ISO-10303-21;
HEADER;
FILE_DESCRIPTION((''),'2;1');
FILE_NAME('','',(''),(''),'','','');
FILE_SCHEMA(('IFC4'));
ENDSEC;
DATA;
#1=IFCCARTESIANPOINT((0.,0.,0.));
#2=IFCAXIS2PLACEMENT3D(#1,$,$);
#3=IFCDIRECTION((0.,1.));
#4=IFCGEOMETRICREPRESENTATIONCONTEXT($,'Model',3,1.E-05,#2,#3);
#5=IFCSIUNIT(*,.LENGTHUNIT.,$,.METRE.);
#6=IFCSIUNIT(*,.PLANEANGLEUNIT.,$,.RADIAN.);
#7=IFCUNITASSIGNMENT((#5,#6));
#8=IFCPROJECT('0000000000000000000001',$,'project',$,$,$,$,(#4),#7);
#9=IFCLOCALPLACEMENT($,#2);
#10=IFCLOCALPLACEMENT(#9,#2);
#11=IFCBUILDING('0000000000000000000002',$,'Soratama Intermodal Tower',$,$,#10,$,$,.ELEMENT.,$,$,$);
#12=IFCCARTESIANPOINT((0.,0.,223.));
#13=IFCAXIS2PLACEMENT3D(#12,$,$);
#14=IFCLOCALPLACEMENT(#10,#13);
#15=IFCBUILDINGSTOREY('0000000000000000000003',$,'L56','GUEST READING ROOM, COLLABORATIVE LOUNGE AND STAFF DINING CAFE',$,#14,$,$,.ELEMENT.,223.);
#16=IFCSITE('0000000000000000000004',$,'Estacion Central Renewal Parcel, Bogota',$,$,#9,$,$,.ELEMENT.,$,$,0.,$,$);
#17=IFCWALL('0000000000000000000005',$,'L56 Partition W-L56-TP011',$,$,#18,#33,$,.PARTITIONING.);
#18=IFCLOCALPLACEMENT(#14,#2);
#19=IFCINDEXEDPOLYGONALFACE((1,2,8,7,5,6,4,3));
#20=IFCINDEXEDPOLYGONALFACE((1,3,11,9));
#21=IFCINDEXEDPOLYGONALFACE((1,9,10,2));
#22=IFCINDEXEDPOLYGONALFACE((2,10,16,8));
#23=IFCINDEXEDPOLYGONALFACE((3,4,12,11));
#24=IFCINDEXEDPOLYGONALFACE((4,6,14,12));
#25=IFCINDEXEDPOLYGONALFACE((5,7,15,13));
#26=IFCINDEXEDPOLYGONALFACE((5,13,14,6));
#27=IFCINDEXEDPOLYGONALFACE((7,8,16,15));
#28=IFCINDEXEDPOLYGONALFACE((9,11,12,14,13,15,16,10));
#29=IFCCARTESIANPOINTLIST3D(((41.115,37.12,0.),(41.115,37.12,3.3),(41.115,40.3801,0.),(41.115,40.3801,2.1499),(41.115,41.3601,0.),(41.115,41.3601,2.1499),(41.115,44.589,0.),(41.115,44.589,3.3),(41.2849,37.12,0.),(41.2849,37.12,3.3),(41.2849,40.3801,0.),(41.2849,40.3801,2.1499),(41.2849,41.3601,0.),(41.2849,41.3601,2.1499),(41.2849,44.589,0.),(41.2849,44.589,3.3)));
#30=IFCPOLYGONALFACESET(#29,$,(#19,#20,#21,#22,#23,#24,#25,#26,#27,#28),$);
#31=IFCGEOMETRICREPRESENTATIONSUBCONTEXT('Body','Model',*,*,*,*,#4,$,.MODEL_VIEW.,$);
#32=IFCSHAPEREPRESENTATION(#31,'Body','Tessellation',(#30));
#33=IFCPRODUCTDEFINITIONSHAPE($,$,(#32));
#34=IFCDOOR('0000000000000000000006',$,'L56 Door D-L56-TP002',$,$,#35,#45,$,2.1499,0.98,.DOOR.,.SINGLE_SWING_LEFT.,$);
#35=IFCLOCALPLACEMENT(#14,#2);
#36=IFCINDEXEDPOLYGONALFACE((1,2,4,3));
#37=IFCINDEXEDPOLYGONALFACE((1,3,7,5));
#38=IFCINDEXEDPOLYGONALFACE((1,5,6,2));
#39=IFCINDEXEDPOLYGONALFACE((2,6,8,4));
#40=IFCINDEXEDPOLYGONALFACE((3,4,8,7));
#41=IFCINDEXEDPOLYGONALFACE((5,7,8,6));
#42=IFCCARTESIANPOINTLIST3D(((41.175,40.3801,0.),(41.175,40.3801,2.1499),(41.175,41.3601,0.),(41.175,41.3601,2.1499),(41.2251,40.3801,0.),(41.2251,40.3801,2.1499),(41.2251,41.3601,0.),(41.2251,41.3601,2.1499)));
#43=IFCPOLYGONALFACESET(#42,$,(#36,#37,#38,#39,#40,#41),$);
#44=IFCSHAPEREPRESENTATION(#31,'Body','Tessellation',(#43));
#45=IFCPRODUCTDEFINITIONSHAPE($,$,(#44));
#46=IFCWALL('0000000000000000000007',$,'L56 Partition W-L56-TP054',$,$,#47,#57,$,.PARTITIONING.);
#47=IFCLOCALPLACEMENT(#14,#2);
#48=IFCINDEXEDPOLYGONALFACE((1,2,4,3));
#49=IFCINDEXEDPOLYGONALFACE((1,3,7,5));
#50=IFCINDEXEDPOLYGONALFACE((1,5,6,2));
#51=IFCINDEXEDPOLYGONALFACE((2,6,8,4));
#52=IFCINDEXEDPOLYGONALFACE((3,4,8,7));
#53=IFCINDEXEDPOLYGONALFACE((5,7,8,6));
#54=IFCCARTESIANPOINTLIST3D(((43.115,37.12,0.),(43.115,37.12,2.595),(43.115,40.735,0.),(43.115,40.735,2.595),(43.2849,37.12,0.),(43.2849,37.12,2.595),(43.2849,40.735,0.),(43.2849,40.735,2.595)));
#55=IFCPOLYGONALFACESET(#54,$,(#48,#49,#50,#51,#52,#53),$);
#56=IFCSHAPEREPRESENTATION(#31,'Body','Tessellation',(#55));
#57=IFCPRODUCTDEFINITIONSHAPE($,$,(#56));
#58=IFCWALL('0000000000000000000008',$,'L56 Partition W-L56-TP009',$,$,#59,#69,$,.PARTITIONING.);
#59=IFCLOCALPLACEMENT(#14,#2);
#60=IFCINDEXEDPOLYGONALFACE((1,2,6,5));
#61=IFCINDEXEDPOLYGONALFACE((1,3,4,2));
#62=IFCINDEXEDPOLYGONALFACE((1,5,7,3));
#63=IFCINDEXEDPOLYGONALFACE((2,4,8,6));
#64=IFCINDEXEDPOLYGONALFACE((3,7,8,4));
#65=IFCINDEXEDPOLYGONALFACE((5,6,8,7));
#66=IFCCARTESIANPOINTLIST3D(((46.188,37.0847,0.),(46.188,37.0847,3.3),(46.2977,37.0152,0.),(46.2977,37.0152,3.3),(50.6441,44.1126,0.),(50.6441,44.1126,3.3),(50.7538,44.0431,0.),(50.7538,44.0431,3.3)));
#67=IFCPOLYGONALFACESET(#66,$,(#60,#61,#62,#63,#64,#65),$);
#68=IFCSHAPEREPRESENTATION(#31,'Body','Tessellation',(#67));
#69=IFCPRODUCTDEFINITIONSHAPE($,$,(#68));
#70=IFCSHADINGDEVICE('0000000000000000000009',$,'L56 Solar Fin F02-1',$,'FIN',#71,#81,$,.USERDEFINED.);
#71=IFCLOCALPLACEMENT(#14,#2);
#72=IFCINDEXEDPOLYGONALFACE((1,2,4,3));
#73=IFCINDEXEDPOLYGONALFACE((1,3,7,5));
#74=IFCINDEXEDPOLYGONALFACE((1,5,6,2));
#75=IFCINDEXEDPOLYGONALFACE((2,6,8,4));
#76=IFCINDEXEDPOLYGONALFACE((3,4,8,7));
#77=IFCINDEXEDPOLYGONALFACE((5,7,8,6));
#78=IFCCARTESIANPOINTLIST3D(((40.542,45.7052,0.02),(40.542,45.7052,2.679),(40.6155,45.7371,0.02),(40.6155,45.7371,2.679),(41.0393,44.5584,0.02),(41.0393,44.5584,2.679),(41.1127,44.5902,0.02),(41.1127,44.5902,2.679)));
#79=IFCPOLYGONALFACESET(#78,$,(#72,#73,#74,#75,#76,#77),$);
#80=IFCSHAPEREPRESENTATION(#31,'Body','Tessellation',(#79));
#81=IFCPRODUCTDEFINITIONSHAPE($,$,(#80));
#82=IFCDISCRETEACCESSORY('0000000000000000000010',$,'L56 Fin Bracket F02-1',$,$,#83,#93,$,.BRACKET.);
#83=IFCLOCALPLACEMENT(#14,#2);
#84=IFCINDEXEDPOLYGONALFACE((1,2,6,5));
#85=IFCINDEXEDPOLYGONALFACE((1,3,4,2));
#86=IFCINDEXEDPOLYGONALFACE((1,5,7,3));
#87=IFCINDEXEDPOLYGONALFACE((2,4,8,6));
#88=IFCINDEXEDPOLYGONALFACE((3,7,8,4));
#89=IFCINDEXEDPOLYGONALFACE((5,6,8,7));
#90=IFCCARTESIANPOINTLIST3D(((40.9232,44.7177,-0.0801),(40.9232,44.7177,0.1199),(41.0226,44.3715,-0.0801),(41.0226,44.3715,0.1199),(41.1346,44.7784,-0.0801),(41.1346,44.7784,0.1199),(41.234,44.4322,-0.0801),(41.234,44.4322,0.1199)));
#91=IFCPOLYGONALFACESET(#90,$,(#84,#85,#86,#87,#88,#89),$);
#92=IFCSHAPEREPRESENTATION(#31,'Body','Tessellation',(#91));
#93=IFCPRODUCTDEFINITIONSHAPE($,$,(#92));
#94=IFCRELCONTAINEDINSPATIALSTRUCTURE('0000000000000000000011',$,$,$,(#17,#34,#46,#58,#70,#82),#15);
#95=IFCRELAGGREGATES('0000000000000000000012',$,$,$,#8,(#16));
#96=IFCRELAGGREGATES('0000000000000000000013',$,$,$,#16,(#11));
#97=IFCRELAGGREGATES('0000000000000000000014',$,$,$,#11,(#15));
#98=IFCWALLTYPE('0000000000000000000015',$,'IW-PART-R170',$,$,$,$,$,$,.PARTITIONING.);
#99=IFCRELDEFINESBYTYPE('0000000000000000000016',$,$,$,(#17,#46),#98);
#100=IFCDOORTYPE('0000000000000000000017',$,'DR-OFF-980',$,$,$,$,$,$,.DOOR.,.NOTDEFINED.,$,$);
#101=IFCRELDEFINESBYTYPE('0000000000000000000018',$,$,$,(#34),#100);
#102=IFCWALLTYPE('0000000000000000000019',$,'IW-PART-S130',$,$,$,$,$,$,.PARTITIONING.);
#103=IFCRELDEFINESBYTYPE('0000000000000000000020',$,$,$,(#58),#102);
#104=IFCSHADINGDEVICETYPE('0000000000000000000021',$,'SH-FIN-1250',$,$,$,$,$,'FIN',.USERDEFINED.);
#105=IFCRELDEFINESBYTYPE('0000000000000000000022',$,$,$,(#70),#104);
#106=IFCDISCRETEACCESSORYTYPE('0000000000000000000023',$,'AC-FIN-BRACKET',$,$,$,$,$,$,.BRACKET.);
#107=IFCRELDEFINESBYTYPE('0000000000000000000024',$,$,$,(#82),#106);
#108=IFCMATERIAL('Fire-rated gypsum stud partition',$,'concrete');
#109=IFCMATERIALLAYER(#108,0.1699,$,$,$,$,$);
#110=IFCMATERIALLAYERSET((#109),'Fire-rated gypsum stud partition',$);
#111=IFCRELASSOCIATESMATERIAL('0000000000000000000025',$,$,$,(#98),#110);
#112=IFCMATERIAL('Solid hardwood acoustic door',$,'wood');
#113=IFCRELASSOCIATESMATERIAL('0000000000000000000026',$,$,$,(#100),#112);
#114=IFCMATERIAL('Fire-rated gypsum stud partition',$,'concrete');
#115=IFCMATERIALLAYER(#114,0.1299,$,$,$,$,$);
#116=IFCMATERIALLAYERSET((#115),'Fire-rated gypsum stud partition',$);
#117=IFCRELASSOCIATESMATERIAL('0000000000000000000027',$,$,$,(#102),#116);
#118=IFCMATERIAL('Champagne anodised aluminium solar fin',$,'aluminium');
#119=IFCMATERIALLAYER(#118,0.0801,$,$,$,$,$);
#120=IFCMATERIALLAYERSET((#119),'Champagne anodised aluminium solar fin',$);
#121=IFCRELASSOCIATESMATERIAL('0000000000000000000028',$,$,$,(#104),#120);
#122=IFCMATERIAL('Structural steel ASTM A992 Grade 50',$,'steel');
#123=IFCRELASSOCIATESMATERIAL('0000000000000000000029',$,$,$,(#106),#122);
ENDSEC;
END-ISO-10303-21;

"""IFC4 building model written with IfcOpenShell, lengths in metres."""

from ifc_helpers import new_model, si_unit, direction, frame, frame_2d, origin, origin_2d, place, context, subcontext, project, spatial, rectangle, extrude, material, layer, layer_set, type_object, element, fill, save


model = new_model("IFC4")

# Units and contexts
model_context = context("Model", 3, precision=1e-05, world=origin(), true_north=direction((0.0, 1.0)))
body_context = subcontext(model_context, "Body", "Model", "MODEL_VIEW")
ifc_project = project(units=[si_unit("LENGTHUNIT", "METRE"), si_unit("PLANEANGLEUNIT", "RADIAN")], contexts=[model_context])

# Site, building, storey
site_placement = place(None, origin())
site = spatial("IfcSite", under=ifc_project, at=site_placement, Name="Estacion Central Renewal Parcel, Bogota", CompositionType="ELEMENT", RefElevation=0.0)
building_placement = place(site_placement, origin())
building = spatial("IfcBuilding", under=site, at=building_placement, Name="Soratama Intermodal Tower", CompositionType="ELEMENT")
storey_placement = place(building_placement, frame((0.0, 0.0, 223.0)))
storey = spatial("IfcBuildingStorey", under=building, at=storey_placement, Name="L56", Description="GUEST READING ROOM, COLLABORATIVE LOUNGE AND STAFF DINING CAFE", CompositionType="ELEMENT", Elevation=223.0)

# Wall, opening, door
ifc_material_1 = material(Name="Fire-rated gypsum stud partition", Category="concrete")
ifc_layer_1 = layer(ifc_material_1, 0.1699)
ifc_layer_set_1 = layer_set([ifc_layer_1], Name="Fire-rated gypsum stud partition")
wall_type_1 = type_object("IfcWallType", Name="IW-PART-R170", PredefinedType="PARTITIONING", material=ifc_layer_set_1)
wall_1_placement = place(storey_placement, frame((41.2, 37.1201, 0.0), z_axis=(0.0, 0.0, 1.0), x_axis=(0.0, 1.0, 0.0)))
wall_1 = element("IfcWall", 1, at=wall_1_placement, inside=storey, type_object=wall_type_1, Name="L56 Partition W-L56-TP011", PredefinedType="PARTITIONING", context=body_context, shape_type="SweptSolid", body=[
    extrude(rectangle(XDim=7.469, YDim=0.1699, at=frame_2d((3.7344, 0.0))), origin(), (0.0, 0.0, 1.0), 3.3),
])
opening_1_placement = place(wall_1_placement, frame((3.26, 0.0, 0.0)))
opening_1 = element("IfcOpeningElement", 2, at=opening_1_placement, cuts=wall_1, PredefinedType="OPENING", context=body_context, shape_type="SweptSolid", body=[
    extrude(rectangle(XDim=0.98, YDim=2.1499, at=frame_2d((0.49, 1.075))), frame((0.0, 0.095, 0.0), z_axis=(0.0, -1.0, 0.0), x_axis=(1.0, 0.0, 0.0)), (0.0, 0.0, 1.0), 0.1899),
])
ifc_material_2 = material(Name="Solid hardwood acoustic door", Category="wood")
door_type = type_object("IfcDoorType", Name="DR-OFF-980", OperationType="NOTDEFINED", PredefinedType="DOOR", material=ifc_material_2)
door_1_placement = place(opening_1_placement, origin())
door_1 = element("IfcDoor", 3, at=door_1_placement, inside=storey, type_object=door_type, Name="L56 Door D-L56-TP002", OperationType="SINGLE_SWING_LEFT", OverallHeight=2.1499, OverallWidth=0.98, PredefinedType="DOOR", context=body_context, shape_type="SweptSolid", body=[
    extrude(rectangle(XDim=0.98, YDim=2.1499, at=frame_2d((0.49, 1.075))), frame((0.0, 0.0249, 0.0), z_axis=(0.0, -1.0, 0.0), x_axis=(1.0, 0.0, 0.0)), (0.0, 0.0, 1.0), 0.05),
])
fill(opening_1, door_1)

# Walls
wall_2_placement = place(storey_placement, frame((43.2, 40.7351, 0.0), z_axis=(0.0, 0.0, 1.0), x_axis=(0.0, -1.0, 0.0)))
element("IfcWall", 4, at=wall_2_placement, inside=storey, type_object=wall_type_1, Name="L56 Partition W-L56-TP054", PredefinedType="PARTITIONING", context=body_context, shape_type="SweptSolid", body=[
    extrude(rectangle(XDim=3.615, YDim=0.1699, at=frame_2d((1.8076, 0.0))), origin(), (0.0, 0.0, 1.0), 2.595),
])
ifc_material_3 = material(Name="Fire-rated gypsum stud partition", Category="concrete")
ifc_layer_2 = layer(ifc_material_3, 0.1299)
ifc_layer_set_2 = layer_set([ifc_layer_2], Name="Fire-rated gypsum stud partition")
wall_type_2 = type_object("IfcWallType", Name="IW-PART-S130", PredefinedType="PARTITIONING", material=ifc_layer_set_2)
wall_3_placement = place(storey_placement, frame((46.2429, 37.05, 0.0), z_axis=(0.0, 0.0, 1.0), x_axis=(0.535489, 0.844542, 0.0)))
element("IfcWall", 5, at=wall_3_placement, inside=storey, type_object=wall_type_2, Name="L56 Partition W-L56-TP009", PredefinedType="PARTITIONING", context=body_context, shape_type="SweptSolid", body=[
    extrude(rectangle(XDim=8.3215, YDim=0.1299, at=frame_2d((4.1606, 0.0))), origin(), (0.0, 0.0, 1.0), 3.3),
])

# Shading device
ifc_material_4 = material(Name="Champagne anodised aluminium solar fin", Category="aluminium")
ifc_layer_3 = layer(ifc_material_4, 0.0801)
ifc_layer_set_3 = layer_set([ifc_layer_3], Name="Champagne anodised aluminium solar fin")
shading_device_type = type_object("IfcShadingDeviceType", Name="SH-FIN-1250", ElementType="FIN", PredefinedType="USERDEFINED", material=ifc_layer_set_3)
shading_device_placement = place(storey_placement, frame((40.8274, 45.1477, 0.02), z_axis=(0.0, 0.0, 1.0), x_axis=(-0.397789, 0.917477, 0.0)))
element("IfcShadingDevice", 6, at=shading_device_placement, inside=storey, type_object=shading_device_type, Name="L56 Solar Fin F02-1", ObjectType="FIN", PredefinedType="USERDEFINED", context=body_context, shape_type="SweptSolid", body=[
    extrude(rectangle(XDim=1.25, YDim=0.0801, at=origin_2d()), origin(), (0.0, 0.0, 1.0), 2.6589),
])

# Discrete accessory
ifc_material_5 = material(Name="Structural steel ASTM A992 Grade 50", Category="steel")
discrete_accessory_type = type_object("IfcDiscreteAccessoryType", Name="AC-FIN-BRACKET", PredefinedType="BRACKET", material=ifc_material_5)
discrete_accessory_placement = place(storey_placement, frame((41.0786, 44.575, -0.0801), z_axis=(0.0, 0.0, 1.0), x_axis=(-0.275973, 0.961165, 0.0)))
element("IfcDiscreteAccessory", 7, at=discrete_accessory_placement, inside=storey, type_object=discrete_accessory_type, Name="L56 Fin Bracket F02-1", PredefinedType="BRACKET", context=body_context, shape_type="SweptSolid", body=[
    extrude(rectangle(XDim=0.3601, YDim=0.22, at=origin_2d()), origin(), (0.0, 0.0, 1.0), 0.2),
])

save(model, "model.ifc")
